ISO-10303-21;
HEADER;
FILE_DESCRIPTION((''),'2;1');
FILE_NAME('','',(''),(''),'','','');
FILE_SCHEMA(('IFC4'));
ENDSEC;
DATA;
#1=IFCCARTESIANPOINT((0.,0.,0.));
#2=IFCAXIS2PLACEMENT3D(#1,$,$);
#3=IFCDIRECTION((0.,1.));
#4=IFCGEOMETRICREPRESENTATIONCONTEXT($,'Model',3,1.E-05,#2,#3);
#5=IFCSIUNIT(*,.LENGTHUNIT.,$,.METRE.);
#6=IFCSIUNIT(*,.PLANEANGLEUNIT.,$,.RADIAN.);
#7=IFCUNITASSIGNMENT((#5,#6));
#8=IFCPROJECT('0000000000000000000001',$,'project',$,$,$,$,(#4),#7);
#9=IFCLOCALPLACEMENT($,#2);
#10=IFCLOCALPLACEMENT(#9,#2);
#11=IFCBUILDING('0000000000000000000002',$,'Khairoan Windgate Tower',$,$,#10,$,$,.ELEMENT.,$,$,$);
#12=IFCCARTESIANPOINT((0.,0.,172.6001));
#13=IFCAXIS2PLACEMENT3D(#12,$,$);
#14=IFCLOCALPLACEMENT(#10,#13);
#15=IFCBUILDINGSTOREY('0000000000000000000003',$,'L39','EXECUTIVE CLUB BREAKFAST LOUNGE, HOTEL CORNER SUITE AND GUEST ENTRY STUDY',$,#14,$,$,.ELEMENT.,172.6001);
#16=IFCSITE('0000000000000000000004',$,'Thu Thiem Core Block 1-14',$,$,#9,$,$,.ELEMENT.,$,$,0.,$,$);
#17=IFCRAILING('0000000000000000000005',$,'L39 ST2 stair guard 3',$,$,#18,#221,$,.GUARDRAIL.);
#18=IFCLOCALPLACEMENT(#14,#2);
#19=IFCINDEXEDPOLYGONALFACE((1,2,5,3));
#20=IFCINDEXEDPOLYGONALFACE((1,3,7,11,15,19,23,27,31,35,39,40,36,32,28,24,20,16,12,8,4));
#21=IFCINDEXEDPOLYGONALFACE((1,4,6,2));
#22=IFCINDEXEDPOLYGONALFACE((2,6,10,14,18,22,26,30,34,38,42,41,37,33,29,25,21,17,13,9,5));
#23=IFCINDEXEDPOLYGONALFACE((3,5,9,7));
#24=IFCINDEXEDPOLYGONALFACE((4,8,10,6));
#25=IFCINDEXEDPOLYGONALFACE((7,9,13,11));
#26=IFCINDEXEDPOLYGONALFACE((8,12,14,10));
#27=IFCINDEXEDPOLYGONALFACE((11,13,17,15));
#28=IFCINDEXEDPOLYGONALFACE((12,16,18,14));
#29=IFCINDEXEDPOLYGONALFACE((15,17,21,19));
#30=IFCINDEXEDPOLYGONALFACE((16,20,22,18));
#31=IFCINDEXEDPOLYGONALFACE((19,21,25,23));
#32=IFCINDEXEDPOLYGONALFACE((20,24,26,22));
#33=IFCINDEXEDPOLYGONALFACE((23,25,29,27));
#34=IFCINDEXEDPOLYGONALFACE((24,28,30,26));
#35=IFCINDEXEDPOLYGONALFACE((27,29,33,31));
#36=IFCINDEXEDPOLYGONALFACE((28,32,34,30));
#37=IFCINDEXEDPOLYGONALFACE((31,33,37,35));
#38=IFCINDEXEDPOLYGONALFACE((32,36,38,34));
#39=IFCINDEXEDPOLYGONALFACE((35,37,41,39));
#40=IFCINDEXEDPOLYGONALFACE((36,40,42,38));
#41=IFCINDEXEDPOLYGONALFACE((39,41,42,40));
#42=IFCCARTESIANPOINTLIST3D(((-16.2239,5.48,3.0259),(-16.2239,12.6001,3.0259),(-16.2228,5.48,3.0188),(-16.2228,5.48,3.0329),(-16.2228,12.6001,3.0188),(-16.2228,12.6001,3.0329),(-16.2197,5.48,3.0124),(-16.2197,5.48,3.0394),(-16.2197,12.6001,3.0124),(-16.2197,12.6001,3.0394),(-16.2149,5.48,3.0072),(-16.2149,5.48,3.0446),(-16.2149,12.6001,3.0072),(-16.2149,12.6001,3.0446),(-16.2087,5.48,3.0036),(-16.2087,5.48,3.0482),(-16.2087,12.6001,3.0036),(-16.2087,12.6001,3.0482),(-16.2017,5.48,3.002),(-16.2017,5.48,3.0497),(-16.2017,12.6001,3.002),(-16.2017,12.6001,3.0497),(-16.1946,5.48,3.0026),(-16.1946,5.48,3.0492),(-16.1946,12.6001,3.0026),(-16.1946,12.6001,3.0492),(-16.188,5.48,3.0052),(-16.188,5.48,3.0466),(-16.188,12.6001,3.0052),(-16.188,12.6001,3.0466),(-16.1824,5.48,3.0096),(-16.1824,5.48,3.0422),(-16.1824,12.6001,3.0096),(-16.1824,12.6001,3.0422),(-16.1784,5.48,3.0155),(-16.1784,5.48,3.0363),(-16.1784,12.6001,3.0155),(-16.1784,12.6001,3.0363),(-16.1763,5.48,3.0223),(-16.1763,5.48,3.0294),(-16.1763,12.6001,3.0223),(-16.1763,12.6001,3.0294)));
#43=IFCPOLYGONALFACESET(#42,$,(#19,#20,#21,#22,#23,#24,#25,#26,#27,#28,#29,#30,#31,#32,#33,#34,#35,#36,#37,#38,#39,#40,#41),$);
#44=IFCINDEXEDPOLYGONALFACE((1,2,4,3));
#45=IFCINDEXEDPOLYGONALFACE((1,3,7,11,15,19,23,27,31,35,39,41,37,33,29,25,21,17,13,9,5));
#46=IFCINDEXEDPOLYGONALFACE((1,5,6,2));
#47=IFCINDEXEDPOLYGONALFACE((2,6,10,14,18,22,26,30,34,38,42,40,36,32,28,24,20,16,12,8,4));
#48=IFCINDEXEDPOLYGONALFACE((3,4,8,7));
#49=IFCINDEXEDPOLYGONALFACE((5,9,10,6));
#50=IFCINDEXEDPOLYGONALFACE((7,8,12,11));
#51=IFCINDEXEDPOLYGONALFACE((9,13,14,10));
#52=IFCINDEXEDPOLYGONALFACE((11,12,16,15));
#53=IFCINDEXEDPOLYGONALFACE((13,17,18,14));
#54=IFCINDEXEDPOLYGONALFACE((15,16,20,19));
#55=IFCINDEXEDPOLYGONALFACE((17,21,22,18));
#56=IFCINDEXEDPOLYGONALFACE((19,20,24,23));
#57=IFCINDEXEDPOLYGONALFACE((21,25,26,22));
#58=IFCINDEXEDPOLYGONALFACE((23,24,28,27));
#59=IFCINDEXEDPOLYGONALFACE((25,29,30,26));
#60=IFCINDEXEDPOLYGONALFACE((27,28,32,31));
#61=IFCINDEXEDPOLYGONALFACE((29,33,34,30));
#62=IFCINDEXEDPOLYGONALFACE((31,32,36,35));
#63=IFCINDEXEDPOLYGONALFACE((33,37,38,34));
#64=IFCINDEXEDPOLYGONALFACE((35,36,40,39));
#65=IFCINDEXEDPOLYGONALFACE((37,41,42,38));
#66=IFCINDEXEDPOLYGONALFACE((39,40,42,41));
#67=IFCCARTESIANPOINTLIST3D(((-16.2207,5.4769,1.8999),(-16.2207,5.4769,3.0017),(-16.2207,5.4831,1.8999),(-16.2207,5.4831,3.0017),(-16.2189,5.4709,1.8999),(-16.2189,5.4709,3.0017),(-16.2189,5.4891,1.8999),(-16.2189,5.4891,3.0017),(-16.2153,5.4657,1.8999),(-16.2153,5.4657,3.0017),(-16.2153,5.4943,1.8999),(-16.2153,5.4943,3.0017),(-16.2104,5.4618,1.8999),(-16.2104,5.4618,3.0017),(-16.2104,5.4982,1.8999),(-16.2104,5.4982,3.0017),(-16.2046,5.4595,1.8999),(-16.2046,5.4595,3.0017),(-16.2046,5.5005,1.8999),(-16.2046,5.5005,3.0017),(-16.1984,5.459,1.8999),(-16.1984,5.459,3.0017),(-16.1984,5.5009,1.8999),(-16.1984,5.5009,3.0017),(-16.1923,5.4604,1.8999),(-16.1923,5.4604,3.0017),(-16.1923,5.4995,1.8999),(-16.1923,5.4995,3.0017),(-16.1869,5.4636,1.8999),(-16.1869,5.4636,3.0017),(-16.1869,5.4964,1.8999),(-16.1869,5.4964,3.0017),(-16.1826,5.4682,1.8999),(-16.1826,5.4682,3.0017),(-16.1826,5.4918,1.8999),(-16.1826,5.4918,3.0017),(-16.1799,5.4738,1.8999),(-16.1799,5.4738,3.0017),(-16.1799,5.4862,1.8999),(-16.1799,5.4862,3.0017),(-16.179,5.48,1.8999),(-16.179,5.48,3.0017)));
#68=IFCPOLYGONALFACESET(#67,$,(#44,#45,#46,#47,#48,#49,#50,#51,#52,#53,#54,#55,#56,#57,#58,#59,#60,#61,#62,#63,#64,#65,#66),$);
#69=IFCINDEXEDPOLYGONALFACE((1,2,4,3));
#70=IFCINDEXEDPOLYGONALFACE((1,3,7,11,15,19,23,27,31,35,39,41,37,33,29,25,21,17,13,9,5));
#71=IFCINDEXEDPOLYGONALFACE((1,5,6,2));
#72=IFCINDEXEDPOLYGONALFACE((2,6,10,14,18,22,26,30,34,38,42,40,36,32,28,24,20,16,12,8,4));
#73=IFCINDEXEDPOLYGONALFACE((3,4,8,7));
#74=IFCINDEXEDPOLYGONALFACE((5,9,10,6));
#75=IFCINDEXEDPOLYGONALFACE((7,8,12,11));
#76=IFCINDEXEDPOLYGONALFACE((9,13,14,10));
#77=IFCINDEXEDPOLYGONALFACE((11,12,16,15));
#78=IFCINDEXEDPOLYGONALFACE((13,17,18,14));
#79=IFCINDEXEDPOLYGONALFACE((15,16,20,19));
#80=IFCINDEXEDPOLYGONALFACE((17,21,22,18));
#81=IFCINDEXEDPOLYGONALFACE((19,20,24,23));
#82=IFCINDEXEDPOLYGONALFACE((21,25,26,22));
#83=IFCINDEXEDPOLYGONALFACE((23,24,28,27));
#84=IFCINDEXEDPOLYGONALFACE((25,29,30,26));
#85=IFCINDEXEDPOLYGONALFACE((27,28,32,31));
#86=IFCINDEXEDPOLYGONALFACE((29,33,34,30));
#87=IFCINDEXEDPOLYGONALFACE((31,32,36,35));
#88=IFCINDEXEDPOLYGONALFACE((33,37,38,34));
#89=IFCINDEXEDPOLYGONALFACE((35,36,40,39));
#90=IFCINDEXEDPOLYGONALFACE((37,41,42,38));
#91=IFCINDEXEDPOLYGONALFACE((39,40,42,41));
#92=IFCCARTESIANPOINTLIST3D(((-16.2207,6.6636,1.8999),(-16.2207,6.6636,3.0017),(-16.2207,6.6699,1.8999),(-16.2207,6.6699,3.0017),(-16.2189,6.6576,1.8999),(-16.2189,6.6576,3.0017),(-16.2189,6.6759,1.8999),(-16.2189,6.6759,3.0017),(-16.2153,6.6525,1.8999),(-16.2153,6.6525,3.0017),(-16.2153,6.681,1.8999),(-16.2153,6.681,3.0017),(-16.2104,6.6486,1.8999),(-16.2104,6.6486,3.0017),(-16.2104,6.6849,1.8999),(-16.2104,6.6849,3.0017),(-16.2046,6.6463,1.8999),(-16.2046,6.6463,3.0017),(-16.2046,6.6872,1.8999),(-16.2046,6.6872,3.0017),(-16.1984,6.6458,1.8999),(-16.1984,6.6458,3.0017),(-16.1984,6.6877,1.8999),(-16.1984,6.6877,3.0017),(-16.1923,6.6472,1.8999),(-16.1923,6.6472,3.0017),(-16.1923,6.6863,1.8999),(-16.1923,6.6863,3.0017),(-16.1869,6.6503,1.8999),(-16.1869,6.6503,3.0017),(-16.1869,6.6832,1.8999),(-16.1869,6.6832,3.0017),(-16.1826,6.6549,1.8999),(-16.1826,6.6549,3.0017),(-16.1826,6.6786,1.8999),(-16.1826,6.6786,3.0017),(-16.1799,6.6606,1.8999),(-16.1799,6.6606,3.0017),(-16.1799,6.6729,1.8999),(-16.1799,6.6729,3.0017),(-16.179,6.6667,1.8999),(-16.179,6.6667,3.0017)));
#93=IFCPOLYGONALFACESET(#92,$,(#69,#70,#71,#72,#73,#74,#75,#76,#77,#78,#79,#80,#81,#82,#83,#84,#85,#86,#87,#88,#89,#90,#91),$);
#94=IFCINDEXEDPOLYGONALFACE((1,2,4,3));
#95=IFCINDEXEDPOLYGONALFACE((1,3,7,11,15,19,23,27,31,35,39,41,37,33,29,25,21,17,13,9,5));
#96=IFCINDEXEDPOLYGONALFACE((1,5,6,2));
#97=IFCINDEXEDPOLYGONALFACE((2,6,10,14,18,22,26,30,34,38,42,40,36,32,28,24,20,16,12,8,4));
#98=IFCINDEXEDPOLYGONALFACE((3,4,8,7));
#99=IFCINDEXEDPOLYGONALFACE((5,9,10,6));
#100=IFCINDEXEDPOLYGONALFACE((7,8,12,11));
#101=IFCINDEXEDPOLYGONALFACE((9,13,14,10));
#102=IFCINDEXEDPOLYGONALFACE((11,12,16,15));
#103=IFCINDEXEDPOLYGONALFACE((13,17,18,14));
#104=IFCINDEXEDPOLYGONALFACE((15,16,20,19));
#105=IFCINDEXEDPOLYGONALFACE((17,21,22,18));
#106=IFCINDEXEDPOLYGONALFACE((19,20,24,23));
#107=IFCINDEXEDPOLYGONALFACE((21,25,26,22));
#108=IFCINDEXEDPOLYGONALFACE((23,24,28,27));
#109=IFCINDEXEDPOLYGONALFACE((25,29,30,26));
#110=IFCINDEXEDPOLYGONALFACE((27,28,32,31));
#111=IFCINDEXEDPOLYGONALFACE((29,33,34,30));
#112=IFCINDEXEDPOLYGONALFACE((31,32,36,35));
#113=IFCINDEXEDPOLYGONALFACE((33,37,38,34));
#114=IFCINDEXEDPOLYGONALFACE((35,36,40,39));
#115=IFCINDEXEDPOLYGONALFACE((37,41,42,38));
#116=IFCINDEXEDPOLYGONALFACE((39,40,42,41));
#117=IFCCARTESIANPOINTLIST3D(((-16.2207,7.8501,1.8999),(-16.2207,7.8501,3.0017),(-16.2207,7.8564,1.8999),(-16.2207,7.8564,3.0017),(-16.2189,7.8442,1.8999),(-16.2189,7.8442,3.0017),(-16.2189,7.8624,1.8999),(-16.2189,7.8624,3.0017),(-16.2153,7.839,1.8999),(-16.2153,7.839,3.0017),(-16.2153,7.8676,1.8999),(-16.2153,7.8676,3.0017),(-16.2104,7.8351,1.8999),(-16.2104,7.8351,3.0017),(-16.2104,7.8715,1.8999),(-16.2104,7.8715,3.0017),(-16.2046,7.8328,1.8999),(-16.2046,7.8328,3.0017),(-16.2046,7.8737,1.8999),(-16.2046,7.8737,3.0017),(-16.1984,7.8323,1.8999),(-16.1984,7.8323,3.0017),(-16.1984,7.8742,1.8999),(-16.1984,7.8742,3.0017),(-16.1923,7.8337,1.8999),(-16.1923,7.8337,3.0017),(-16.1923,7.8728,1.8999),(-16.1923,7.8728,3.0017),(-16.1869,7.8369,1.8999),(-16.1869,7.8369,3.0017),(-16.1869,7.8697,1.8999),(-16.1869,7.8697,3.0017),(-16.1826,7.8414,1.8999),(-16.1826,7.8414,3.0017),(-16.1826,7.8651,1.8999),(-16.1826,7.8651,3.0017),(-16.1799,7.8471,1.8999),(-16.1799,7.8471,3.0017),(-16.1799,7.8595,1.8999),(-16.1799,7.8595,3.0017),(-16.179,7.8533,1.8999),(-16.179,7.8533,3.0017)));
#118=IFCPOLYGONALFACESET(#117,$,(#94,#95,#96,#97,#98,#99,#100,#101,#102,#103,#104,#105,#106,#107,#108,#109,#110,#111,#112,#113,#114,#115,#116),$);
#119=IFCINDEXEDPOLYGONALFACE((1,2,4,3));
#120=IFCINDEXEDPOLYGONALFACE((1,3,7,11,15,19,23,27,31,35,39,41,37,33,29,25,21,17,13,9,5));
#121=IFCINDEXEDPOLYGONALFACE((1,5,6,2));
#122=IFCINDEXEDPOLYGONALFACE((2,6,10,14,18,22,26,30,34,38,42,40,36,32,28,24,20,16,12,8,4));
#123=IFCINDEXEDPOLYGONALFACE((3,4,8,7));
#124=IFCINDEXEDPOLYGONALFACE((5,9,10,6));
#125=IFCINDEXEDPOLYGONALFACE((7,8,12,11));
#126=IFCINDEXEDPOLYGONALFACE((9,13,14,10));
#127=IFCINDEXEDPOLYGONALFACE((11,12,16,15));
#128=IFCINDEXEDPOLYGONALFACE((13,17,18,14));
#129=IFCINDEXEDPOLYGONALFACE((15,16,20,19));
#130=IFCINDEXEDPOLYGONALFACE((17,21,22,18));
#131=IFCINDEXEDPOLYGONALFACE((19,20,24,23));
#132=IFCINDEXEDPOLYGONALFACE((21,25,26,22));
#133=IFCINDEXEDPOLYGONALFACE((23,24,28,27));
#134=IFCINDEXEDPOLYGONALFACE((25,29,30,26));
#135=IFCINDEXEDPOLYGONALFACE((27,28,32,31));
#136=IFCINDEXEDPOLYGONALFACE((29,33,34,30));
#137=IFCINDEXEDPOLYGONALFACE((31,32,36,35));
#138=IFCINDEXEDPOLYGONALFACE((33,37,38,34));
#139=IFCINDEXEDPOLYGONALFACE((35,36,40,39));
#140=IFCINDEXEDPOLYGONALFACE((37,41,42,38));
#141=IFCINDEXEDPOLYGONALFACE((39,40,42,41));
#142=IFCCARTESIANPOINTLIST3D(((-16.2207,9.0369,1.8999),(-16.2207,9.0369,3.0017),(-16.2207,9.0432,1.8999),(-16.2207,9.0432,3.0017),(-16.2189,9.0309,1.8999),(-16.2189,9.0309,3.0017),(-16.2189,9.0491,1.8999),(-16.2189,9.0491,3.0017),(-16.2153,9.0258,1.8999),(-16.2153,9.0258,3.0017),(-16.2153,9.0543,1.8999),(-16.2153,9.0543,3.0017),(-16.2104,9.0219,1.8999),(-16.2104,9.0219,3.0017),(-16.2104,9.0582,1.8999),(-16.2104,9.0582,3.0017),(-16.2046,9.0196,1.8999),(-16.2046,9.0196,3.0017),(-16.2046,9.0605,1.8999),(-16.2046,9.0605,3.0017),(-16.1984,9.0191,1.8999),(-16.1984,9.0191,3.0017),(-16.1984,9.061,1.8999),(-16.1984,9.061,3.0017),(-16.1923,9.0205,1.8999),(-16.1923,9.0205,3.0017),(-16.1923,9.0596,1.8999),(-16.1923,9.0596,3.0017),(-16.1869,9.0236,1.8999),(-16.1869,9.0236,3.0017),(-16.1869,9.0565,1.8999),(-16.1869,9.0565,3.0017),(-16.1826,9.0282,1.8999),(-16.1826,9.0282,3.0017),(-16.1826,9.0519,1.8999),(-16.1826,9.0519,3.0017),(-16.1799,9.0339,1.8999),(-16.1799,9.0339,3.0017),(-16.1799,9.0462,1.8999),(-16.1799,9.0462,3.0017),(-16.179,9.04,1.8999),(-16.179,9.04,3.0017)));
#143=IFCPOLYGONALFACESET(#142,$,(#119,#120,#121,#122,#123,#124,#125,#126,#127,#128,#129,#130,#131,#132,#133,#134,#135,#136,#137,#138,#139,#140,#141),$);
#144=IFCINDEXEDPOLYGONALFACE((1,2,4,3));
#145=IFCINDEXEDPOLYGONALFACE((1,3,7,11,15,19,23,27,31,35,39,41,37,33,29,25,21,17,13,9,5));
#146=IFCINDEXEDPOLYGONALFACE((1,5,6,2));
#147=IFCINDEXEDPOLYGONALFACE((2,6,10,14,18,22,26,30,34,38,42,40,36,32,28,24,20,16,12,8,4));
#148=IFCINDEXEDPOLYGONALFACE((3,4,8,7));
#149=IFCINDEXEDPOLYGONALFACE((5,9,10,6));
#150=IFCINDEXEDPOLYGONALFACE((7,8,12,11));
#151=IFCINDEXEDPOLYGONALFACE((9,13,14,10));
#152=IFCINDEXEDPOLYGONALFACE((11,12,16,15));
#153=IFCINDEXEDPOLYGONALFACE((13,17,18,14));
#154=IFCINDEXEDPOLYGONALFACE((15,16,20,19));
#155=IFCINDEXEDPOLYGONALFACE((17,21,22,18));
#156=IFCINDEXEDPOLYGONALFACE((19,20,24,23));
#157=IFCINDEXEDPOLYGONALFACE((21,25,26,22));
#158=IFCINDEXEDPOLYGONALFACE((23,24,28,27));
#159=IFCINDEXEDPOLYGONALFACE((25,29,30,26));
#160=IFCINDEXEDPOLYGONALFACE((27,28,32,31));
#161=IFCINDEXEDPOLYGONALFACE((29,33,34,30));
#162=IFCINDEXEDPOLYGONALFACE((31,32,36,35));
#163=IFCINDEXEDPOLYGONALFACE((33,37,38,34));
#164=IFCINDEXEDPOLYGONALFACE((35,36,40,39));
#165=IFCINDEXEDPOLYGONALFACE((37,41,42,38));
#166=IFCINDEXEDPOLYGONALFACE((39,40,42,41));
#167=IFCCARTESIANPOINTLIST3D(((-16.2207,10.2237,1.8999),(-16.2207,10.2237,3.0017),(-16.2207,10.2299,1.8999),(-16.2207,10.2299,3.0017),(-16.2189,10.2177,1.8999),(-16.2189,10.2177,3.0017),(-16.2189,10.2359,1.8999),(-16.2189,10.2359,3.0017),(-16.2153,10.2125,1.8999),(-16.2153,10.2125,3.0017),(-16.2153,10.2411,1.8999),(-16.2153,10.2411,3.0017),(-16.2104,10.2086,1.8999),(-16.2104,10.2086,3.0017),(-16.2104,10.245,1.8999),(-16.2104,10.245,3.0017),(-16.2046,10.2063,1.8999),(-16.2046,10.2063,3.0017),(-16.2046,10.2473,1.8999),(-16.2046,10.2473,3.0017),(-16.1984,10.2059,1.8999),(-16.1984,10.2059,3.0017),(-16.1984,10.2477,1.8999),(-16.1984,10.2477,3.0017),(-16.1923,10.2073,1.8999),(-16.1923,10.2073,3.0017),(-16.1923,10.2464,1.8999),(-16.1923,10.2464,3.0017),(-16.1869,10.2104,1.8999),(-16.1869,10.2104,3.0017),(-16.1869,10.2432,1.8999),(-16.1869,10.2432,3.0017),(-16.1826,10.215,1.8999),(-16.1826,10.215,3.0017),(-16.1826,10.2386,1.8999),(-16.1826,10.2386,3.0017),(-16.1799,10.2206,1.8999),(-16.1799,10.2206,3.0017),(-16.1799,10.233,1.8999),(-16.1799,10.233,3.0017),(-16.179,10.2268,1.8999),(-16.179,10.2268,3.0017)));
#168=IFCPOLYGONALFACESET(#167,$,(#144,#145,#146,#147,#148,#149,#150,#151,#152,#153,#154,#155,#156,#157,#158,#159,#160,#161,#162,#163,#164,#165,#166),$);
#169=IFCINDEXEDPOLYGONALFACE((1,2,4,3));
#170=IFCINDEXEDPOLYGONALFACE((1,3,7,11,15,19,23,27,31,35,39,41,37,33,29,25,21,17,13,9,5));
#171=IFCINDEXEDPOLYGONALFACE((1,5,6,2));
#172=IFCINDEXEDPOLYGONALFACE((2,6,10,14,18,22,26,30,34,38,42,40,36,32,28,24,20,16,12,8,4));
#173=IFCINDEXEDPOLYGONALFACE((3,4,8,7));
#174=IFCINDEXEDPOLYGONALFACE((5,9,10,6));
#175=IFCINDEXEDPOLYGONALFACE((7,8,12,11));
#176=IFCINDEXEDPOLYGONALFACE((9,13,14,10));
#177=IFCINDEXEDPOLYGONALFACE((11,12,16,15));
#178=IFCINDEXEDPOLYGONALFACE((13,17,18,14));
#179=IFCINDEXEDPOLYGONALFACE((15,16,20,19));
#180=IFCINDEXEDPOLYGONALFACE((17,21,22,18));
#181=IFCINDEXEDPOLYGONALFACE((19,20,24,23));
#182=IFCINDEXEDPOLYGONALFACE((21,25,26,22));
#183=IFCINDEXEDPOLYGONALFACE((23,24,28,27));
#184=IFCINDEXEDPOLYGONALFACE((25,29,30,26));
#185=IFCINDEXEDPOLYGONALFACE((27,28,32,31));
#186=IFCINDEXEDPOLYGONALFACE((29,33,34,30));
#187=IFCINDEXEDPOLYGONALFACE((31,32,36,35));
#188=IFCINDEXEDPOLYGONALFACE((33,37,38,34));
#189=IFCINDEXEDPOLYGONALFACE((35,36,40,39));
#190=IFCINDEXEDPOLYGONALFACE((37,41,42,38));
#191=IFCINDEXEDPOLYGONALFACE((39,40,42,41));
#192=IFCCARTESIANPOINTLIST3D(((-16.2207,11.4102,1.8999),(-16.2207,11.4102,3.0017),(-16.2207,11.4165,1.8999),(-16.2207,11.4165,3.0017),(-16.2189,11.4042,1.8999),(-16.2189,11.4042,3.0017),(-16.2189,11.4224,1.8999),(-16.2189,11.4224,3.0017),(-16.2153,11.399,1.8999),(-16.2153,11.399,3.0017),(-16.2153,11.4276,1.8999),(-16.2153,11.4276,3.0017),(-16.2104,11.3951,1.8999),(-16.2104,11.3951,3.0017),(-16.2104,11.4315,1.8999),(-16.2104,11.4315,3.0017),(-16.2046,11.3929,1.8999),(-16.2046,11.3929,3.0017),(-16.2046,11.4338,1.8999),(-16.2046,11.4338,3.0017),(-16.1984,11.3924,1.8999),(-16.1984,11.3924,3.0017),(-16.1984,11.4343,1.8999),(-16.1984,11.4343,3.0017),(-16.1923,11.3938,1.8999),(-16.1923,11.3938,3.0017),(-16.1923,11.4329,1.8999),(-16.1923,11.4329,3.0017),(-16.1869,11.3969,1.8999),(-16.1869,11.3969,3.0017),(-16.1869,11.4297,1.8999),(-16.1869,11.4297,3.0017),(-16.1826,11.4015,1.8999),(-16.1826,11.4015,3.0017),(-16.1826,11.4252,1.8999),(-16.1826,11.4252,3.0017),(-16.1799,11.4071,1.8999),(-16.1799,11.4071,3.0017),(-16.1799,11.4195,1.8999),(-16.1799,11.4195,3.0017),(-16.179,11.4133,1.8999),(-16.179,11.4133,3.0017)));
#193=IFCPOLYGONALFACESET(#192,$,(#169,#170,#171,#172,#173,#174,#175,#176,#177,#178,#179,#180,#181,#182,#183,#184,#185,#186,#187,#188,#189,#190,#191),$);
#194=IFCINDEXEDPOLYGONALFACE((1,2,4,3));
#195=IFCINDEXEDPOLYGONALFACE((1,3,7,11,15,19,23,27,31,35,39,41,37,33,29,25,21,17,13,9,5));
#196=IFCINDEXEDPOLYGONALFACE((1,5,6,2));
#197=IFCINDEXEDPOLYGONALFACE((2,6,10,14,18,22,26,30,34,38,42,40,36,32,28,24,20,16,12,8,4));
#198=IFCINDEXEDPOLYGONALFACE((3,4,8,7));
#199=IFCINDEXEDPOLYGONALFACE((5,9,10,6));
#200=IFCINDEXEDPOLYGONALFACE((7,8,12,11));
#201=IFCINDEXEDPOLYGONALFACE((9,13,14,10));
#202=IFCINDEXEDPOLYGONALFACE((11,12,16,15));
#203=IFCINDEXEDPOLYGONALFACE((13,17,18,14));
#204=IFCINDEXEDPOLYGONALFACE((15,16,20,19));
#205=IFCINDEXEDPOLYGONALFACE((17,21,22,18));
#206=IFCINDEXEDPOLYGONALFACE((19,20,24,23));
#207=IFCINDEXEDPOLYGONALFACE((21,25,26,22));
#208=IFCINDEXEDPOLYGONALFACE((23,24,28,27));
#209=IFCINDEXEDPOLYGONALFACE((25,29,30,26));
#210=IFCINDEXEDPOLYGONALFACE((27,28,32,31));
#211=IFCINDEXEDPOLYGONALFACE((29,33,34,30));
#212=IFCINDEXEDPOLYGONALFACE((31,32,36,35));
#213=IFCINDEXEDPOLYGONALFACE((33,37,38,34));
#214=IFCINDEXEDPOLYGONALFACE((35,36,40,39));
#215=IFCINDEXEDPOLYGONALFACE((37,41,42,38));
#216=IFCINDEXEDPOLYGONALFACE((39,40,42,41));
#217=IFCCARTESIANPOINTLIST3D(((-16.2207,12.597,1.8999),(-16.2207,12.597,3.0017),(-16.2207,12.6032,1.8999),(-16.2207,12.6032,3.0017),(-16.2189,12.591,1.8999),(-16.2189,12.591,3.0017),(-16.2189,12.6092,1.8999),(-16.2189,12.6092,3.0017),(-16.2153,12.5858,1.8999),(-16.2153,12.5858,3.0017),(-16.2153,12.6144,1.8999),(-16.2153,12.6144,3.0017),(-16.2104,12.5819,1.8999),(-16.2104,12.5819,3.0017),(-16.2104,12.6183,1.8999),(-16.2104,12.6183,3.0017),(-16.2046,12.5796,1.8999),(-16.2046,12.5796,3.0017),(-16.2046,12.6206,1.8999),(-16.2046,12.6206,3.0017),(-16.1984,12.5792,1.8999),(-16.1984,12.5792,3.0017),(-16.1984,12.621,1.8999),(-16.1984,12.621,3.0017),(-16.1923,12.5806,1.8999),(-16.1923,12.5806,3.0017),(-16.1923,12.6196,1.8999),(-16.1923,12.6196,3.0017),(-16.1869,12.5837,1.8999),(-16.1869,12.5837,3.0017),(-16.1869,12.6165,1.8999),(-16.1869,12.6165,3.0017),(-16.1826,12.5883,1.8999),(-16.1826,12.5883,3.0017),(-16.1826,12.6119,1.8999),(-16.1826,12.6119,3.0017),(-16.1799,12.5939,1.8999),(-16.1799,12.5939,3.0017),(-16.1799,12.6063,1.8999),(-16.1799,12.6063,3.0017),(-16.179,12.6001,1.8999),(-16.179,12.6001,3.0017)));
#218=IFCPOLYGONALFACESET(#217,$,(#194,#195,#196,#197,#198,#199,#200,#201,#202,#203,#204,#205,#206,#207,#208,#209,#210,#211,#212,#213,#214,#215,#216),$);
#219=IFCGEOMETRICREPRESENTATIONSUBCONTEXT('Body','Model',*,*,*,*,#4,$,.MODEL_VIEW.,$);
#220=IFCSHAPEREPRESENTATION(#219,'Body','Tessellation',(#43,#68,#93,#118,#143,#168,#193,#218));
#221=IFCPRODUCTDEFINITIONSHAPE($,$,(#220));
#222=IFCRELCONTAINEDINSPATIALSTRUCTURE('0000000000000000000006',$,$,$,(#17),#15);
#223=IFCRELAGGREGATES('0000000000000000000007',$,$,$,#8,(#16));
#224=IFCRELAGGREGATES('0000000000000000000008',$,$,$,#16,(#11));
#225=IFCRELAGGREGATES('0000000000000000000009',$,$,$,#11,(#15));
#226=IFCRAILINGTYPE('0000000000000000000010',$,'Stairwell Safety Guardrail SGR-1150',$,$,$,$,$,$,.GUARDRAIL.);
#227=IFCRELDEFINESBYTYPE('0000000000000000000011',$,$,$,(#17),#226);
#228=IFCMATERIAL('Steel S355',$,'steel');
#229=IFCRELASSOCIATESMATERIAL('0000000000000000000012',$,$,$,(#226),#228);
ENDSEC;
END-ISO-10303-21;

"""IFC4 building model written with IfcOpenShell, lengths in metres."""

from ifc_helpers import new_model, si_unit, direction, frame, origin, origin_2d, place, context, subcontext, project, spatial, circle, extrude, material, type_object, element, save


model = new_model("IFC4")

# Units and contexts
model_context = context("Model", 3, precision=1e-05, world=origin(), true_north=direction((0.0, 1.0)))
body_context = subcontext(model_context, "Body", "Model", "MODEL_VIEW")
ifc_project = project(units=[si_unit("LENGTHUNIT", "METRE"), si_unit("PLANEANGLEUNIT", "RADIAN")], contexts=[model_context])

# Site, building, storey
site_placement = place(None, origin())
site = spatial("IfcSite", under=ifc_project, at=site_placement, Name="Thu Thiem Core Block 1-14", CompositionType="ELEMENT", RefElevation=0.0)
building_placement = place(site_placement, origin())
building = spatial("IfcBuilding", under=site, at=building_placement, Name="Khairoan Windgate Tower", CompositionType="ELEMENT")
storey_placement = place(building_placement, frame((0.0, 0.0, 172.6001)))
storey = spatial("IfcBuildingStorey", under=building, at=storey_placement, Name="L39", Description="EXECUTIVE CLUB BREAKFAST LOUNGE, HOTEL CORNER SUITE AND GUEST ENTRY STUDY", CompositionType="ELEMENT", Elevation=172.6001)

# Railing
ifc_material_1 = material(Name="Steel S355", Category="steel")
railing_type_1 = type_object("IfcRailingType", Name="Stairwell Safety Guardrail SGR-1150", PredefinedType="GUARDRAIL", material=ifc_material_1)
railing_1_placement = place(storey_placement, frame((-16.2, 5.48, 1.8999)))
element("IfcRailing", 1, at=railing_1_placement, inside=storey, type_object=railing_type_1, Name="L39 ST2 stair guard 3", PredefinedType="GUARDRAIL", context=body_context, shape_type="SweptSolid", body=[
    extrude(circle(Radius=0.0239, at=origin_2d()), frame((0.0, 0.0, 1.126), z_axis=(0.0, 1.0, 0.0), x_axis=(-1.0, 0.0, 0.0)), (0.0, 0.0, 1.0), 7.1201),
    extrude(circle(Radius=0.021, at=origin_2d()), origin(), (0.0, 0.0, 1.0), 1.1018),
    extrude(circle(Radius=0.021, at=origin_2d()), frame((0.0, 1.1868, 0.0)), (0.0, 0.0, 1.0), 1.1018),
    extrude(circle(Radius=0.021, at=origin_2d()), frame((0.0, 2.3733, 0.0)), (0.0, 0.0, 1.0), 1.1018),
    extrude(circle(Radius=0.021, at=origin_2d()), frame((0.0, 3.5601, 0.0)), (0.0, 0.0, 1.0), 1.1018),
    extrude(circle(Radius=0.021, at=origin_2d()), frame((0.0, 4.7468, 0.0)), (0.0, 0.0, 1.0), 1.1018),
    extrude(circle(Radius=0.021, at=origin_2d()), frame((0.0, 5.9333, 0.0)), (0.0, 0.0, 1.0), 1.1018),
    extrude(circle(Radius=0.021, at=origin_2d()), frame((0.0, 7.1201, 0.0)), (0.0, 0.0, 1.0), 1.1018),
])

save(model, "model.ifc")
